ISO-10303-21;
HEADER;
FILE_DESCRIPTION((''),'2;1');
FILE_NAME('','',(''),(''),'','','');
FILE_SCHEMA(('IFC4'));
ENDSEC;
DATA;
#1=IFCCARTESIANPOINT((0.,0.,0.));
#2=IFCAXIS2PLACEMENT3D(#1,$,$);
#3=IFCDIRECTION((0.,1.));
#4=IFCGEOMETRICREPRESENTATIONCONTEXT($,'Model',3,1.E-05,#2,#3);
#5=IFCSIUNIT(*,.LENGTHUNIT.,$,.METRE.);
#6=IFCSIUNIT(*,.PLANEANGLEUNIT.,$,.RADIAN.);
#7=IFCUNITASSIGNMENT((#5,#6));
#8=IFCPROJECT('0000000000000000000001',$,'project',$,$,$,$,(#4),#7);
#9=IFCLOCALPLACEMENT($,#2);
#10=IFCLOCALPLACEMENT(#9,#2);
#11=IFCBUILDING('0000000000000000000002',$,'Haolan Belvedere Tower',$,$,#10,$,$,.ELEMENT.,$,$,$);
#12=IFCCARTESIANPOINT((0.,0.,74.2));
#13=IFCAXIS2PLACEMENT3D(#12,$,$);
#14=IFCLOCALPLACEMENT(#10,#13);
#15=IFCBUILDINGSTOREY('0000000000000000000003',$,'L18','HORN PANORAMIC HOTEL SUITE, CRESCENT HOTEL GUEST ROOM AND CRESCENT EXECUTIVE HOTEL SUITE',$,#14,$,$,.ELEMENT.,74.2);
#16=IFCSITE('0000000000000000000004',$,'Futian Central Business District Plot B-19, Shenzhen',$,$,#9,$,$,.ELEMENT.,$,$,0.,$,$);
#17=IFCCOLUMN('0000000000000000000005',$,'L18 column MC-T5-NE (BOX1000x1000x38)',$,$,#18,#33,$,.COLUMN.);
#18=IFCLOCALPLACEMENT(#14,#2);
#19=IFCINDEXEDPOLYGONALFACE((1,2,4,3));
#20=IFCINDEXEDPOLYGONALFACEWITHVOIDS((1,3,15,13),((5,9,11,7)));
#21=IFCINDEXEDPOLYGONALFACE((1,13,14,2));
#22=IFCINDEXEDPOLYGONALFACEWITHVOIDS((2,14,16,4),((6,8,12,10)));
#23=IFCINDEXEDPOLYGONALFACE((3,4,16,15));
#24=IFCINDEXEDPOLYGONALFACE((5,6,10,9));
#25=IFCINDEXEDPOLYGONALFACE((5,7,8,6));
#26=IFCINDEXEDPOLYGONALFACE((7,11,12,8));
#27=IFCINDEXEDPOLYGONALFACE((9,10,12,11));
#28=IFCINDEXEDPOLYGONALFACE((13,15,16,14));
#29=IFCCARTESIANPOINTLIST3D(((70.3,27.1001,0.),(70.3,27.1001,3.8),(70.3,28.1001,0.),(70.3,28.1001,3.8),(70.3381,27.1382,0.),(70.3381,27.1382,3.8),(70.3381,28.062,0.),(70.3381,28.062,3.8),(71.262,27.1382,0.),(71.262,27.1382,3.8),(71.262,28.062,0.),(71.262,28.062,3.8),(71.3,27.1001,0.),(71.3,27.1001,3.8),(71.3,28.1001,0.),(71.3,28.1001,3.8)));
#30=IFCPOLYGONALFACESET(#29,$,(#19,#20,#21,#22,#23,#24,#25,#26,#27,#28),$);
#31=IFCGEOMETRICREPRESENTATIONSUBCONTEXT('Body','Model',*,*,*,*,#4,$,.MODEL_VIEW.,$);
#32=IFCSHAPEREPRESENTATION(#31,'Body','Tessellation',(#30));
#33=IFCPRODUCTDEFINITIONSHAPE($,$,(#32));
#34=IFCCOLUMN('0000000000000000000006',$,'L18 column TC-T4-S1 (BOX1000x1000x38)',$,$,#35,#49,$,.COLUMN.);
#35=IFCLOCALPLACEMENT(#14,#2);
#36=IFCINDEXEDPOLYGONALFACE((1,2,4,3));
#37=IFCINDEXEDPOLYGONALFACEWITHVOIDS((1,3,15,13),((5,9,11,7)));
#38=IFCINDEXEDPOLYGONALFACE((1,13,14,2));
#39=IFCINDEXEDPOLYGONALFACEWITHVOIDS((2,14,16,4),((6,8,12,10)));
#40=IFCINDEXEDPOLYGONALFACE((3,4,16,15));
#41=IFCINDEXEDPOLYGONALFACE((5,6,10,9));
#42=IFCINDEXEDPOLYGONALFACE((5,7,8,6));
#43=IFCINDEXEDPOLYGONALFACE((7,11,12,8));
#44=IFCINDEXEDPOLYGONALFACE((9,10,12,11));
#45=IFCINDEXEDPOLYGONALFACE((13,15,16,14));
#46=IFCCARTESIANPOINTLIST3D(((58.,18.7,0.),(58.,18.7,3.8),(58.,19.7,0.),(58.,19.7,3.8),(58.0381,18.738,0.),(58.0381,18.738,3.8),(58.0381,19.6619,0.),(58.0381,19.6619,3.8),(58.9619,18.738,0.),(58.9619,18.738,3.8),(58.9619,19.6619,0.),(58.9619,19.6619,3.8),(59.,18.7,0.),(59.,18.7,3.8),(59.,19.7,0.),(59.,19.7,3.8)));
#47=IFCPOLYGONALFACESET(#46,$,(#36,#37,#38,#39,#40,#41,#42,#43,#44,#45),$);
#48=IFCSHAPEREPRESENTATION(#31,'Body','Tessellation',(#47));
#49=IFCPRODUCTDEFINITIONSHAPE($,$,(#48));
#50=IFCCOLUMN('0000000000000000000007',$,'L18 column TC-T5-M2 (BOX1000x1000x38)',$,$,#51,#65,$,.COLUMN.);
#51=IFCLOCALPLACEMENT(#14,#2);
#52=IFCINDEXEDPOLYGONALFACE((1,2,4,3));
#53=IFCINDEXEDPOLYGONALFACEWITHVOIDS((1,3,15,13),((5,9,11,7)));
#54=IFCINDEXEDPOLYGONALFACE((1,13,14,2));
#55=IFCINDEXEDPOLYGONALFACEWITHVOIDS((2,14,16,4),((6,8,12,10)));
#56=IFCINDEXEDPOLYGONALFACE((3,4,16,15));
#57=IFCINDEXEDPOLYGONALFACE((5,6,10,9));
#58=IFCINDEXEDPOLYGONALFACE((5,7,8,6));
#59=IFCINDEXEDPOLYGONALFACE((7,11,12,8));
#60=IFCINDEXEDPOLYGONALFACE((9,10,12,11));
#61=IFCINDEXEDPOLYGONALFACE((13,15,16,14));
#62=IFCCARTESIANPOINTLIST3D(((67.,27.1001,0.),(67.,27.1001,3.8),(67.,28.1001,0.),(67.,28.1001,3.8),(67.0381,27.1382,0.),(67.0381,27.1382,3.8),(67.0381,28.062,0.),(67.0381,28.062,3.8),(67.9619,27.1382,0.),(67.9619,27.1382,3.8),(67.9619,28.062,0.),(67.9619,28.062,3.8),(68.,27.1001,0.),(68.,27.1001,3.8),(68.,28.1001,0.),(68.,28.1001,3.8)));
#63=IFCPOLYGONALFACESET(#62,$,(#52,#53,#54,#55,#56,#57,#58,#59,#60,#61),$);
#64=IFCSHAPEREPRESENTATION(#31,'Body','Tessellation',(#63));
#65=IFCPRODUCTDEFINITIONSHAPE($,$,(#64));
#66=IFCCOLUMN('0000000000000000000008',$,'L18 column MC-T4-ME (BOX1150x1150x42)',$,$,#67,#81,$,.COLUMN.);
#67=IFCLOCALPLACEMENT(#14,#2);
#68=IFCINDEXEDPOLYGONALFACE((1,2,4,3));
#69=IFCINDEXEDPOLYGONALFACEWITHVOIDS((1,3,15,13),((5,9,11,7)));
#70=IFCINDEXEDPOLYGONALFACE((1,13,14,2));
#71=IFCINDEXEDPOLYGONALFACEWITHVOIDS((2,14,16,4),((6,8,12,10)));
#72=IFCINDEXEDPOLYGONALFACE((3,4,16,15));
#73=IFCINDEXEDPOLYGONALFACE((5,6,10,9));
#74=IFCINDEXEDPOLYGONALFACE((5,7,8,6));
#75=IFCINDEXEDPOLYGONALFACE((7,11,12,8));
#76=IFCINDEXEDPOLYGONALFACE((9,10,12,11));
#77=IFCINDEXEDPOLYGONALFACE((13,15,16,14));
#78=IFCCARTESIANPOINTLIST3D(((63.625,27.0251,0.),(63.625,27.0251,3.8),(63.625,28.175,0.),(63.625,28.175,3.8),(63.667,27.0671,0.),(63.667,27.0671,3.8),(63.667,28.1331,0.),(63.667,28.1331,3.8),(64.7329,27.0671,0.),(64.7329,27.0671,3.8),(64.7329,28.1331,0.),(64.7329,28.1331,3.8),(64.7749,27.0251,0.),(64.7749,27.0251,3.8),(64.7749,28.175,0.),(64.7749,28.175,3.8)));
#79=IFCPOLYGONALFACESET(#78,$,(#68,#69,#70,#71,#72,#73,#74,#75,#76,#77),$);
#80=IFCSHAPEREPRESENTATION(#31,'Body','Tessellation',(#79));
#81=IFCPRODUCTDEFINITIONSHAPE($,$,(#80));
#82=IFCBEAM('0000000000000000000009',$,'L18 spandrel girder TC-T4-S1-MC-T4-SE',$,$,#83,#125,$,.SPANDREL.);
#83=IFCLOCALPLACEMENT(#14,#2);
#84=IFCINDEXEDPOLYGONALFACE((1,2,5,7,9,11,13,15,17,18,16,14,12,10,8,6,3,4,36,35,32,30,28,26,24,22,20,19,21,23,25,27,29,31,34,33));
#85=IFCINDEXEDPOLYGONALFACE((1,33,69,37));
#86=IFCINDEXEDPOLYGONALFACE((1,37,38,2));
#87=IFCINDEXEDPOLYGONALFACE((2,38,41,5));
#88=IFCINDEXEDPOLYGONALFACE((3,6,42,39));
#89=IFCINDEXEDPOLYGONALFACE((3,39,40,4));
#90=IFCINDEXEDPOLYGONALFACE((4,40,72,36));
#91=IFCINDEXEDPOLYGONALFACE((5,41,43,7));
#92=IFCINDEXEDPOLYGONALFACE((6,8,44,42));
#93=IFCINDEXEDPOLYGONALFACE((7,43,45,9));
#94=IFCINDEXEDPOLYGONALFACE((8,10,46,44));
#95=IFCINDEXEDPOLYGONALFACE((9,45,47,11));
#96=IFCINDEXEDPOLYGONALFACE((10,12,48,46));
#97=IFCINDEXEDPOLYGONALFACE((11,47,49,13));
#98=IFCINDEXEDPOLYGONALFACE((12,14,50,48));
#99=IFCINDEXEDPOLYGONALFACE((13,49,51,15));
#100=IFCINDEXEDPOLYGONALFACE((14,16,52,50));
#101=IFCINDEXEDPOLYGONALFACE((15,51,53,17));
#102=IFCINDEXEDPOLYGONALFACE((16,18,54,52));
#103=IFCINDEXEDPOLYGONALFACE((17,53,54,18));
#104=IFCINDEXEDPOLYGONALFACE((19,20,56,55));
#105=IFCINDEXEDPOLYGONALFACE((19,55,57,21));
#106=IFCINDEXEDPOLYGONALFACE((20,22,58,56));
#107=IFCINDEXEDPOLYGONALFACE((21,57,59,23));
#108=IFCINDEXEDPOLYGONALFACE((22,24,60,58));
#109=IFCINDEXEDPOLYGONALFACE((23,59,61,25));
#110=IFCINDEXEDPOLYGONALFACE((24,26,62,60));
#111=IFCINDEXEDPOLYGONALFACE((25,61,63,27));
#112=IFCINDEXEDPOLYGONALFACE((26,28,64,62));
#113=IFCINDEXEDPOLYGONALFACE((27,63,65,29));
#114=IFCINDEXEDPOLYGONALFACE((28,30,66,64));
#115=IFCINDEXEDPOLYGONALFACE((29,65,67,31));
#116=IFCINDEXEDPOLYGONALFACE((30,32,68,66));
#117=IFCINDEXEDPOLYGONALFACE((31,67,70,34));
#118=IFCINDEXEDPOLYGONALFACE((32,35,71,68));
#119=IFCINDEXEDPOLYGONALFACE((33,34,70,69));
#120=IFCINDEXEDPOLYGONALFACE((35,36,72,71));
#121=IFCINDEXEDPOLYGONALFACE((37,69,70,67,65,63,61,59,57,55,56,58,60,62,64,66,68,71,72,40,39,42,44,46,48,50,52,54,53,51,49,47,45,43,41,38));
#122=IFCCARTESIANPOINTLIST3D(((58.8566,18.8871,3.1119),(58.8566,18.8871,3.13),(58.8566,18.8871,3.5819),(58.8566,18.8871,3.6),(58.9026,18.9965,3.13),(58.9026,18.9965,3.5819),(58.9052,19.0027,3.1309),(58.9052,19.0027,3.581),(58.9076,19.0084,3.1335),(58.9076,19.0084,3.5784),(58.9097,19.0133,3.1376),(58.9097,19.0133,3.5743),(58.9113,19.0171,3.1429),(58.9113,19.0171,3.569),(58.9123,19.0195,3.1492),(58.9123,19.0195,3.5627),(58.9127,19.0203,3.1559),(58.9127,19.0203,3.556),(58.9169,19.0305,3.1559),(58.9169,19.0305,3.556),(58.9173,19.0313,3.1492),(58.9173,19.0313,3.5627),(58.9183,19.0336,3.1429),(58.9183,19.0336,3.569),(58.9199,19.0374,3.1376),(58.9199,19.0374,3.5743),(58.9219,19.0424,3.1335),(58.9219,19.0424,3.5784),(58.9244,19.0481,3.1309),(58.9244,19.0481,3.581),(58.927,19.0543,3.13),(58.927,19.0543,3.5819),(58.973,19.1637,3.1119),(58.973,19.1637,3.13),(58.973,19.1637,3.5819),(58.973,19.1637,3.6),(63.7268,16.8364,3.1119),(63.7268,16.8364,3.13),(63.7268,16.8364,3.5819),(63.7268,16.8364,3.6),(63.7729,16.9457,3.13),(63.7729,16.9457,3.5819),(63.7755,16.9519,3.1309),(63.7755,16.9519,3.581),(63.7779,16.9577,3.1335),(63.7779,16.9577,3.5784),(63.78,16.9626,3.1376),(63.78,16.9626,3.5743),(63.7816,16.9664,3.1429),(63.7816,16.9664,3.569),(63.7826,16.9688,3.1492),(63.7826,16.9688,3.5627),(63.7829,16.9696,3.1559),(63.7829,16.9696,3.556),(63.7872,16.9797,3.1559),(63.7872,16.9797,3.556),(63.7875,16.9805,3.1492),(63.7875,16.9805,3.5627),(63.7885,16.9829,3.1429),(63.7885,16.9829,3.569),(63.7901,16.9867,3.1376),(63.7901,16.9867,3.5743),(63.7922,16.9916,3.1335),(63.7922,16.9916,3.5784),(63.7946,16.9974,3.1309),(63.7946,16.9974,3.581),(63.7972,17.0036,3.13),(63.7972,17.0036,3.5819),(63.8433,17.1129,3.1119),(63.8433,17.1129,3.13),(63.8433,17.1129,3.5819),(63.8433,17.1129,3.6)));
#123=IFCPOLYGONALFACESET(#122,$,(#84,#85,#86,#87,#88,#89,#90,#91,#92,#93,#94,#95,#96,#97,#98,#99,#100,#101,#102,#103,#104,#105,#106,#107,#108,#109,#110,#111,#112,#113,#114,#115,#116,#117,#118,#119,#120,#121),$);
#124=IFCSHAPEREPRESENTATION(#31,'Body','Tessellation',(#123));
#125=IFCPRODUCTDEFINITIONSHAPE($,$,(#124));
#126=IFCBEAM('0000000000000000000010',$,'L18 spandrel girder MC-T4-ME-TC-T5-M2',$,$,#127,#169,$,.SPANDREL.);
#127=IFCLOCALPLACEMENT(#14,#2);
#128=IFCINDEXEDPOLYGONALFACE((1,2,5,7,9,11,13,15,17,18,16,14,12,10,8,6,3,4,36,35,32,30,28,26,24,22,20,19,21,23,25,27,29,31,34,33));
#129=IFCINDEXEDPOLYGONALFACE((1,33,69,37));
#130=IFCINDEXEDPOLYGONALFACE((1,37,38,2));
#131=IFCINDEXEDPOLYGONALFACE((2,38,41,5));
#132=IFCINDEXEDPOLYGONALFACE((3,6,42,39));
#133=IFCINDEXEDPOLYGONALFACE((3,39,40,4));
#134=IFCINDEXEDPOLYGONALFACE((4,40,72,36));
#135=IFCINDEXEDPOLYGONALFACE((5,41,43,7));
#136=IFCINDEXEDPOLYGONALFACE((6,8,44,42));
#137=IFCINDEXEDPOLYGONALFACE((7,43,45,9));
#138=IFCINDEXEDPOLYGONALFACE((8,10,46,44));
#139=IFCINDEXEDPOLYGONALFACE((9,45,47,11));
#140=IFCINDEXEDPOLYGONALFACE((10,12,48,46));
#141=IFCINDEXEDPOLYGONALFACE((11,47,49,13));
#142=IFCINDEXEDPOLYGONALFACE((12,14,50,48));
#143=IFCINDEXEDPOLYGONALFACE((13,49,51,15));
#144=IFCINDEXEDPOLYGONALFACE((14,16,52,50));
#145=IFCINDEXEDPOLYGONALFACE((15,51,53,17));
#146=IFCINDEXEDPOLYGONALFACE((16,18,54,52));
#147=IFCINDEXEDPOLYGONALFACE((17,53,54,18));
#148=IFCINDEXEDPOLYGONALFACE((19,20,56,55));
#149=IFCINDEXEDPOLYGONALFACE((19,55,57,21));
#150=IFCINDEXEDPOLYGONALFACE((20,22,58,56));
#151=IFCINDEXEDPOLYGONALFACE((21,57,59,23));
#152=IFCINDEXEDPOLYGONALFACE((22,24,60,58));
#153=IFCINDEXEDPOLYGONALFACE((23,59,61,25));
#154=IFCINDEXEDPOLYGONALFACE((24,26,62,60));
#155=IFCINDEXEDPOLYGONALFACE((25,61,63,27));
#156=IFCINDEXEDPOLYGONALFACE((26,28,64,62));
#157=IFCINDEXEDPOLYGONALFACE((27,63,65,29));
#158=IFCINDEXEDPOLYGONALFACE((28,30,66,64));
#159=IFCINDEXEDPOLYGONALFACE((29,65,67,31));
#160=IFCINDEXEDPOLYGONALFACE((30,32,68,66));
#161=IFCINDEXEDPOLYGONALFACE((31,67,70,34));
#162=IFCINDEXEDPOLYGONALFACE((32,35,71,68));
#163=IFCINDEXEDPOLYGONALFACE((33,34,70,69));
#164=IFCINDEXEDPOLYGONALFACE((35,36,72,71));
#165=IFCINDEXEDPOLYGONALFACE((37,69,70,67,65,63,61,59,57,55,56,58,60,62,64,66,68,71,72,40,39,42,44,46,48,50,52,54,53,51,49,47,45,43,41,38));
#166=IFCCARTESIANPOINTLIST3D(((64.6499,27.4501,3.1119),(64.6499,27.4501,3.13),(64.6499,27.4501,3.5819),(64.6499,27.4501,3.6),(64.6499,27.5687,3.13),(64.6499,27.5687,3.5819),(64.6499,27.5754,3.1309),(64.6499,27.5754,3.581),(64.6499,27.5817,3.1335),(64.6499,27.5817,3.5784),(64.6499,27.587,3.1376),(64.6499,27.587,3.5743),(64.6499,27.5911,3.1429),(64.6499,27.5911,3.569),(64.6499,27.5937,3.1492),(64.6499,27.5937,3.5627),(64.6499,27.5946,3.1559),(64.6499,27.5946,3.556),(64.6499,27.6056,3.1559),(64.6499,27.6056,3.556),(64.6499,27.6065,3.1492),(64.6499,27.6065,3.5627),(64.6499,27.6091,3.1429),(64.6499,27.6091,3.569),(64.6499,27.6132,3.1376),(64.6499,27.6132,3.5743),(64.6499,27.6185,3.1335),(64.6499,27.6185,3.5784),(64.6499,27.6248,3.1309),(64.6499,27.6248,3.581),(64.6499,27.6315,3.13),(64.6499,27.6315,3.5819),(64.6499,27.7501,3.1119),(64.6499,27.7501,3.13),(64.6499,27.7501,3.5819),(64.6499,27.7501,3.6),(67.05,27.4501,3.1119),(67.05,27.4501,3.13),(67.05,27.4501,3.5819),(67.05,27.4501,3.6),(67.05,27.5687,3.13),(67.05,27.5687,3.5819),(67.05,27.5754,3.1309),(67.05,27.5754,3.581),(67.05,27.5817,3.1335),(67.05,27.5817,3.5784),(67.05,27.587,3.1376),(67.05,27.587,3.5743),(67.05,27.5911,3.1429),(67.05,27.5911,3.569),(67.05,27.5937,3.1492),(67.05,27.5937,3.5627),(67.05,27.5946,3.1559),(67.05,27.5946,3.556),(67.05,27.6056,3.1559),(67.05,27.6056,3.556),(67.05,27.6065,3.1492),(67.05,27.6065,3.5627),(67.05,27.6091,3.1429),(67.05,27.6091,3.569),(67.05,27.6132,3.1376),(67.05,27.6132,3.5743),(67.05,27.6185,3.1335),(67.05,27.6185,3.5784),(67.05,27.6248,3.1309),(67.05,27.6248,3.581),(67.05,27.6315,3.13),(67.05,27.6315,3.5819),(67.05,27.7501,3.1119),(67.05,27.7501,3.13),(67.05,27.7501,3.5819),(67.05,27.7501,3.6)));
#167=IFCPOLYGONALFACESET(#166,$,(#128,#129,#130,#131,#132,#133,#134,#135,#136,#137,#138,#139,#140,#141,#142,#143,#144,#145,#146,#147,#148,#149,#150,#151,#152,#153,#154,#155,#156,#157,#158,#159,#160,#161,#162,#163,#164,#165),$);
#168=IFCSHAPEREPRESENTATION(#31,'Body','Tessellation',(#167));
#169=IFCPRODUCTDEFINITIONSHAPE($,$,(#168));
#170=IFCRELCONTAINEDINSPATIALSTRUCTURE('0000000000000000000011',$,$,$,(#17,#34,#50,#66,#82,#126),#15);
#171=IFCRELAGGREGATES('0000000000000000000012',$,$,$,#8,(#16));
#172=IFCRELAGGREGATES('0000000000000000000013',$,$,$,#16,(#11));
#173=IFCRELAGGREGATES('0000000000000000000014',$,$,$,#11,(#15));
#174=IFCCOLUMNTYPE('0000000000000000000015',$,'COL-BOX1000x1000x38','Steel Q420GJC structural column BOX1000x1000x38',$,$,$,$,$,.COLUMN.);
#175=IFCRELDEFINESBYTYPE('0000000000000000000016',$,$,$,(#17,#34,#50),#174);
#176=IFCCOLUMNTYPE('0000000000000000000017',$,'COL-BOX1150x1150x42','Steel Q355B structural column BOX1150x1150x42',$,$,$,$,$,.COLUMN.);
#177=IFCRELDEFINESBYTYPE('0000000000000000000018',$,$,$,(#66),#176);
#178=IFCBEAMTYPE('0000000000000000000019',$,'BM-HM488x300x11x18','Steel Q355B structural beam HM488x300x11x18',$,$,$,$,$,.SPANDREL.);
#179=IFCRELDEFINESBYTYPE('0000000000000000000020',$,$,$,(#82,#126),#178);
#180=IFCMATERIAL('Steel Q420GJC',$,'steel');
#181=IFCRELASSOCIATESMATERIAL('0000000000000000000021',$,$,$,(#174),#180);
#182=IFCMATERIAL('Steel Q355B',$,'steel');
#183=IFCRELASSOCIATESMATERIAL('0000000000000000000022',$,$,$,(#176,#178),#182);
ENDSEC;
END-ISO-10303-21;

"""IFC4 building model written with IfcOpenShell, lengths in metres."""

from ifc_helpers import new_model, si_unit, direction, frame, origin, origin_2d, place, context, subcontext, project, spatial, hollow_rectangle, i_section, extrude, material, material_profile, profile_set, type_object, element, save


model = new_model("IFC4")

# Units and contexts
model_context = context("Model", 3, precision=1e-05, world=origin(), true_north=direction((0.0, 1.0)))
body_context = subcontext(model_context, "Body", "Model", "MODEL_VIEW")
ifc_project = project(units=[si_unit("LENGTHUNIT", "METRE"), si_unit("PLANEANGLEUNIT", "RADIAN")], contexts=[model_context])

# Site, building, storey
site_placement = place(None, origin())
site = spatial("IfcSite", under=ifc_project, at=site_placement, Name="Futian Central Business District Plot B-19, Shenzhen", CompositionType="ELEMENT", RefElevation=0.0)
building_placement = place(site_placement, origin())
building = spatial("IfcBuilding", under=site, at=building_placement, Name="Haolan Belvedere Tower", CompositionType="ELEMENT")
storey_placement = place(building_placement, frame((0.0, 0.0, 74.2)))
storey = spatial("IfcBuildingStorey", under=building, at=storey_placement, Name="L18", Description="HORN PANORAMIC HOTEL SUITE, CRESCENT HOTEL GUEST ROOM AND CRESCENT EXECUTIVE HOTEL SUITE", CompositionType="ELEMENT", Elevation=74.2)

# Columns
ifc_material_1 = material(Name="Steel Q420GJC", Category="steel")
ifc_material_profile_1 = material_profile(ifc_material_1, hollow_rectangle(XDim=1.0, YDim=1.0, WallThickness=0.0381, at=origin_2d()), Name="Steel Q420GJC")
ifc_profile_set_1 = profile_set([ifc_material_profile_1], Name="Steel Q420GJC")
column_type_1 = type_object("IfcColumnType", Name="COL-BOX1000x1000x38", Description="Steel Q420GJC structural column BOX1000x1000x38", PredefinedType="COLUMN", material=ifc_profile_set_1)
for number, where, z_axis, x_axis, name in (
    (1, (70.8, 27.6001, 0.0), (0.0, 0.0, 1.0), (1.0, 0.0, 0.0), "L18 column MC-T5-NE (BOX1000x1000x38)"),
    (2, (58.5, 19.2, 0.0), (0.0, 0.0, 1.0), (1.0, 0.0, 0.0), "L18 column TC-T4-S1 (BOX1000x1000x38)"),
    (3, (67.5, 27.6001, 0.0), (0.0, 0.0, 1.0), (1.0, 0.0, 0.0), "L18 column TC-T5-M2 (BOX1000x1000x38)"),
):
    element("IfcColumn", number, at=place(storey_placement, frame(where, z_axis=z_axis, x_axis=x_axis)), inside=storey, type_object=column_type_1, Name=name, PredefinedType="COLUMN", context=body_context, shape_type="SweptSolid", body=[
        extrude(hollow_rectangle(XDim=1.0, YDim=1.0, WallThickness=0.0381, at=origin_2d()), origin(), (0.0, 0.0, 1.0), 3.8),
    ])
ifc_material_2 = material(Name="Steel Q355B", Category="steel")
ifc_material_profile_2 = material_profile(ifc_material_2, hollow_rectangle(XDim=1.1499, YDim=1.1499, WallThickness=0.042, at=origin_2d()), Name="Steel Q355B")
ifc_profile_set_2 = profile_set([ifc_material_profile_2], Name="Steel Q355B")
column_type_2 = type_object("IfcColumnType", Name="COL-BOX1150x1150x42", Description="Steel Q355B structural column BOX1150x1150x42", PredefinedType="COLUMN", material=ifc_profile_set_2)
column_placement = place(storey_placement, frame((64.2, 27.6001, 0.0), z_axis=(0.0, 0.0, 1.0), x_axis=(1.0, 0.0, 0.0)))
element("IfcColumn", 4, at=column_placement, inside=storey, type_object=column_type_2, Name="L18 column MC-T4-ME (BOX1150x1150x42)", PredefinedType="COLUMN", context=body_context, shape_type="SweptSolid", body=[
    extrude(hollow_rectangle(XDim=1.1499, YDim=1.1499, WallThickness=0.042, at=origin_2d()), origin(), (0.0, 0.0, 1.0), 3.8),
])

# Beams
ifc_material_profile_3 = material_profile(ifc_material_2, i_section(OverallWidth=0.3, OverallDepth=0.488, WebThickness=0.011, FlangeThickness=0.0181, FilletRadius=0.0259, at=origin_2d()), Name="Steel Q355B")
ifc_profile_set_3 = profile_set([ifc_material_profile_3], Name="Steel Q355B")
beam_type = type_object("IfcBeamType", Name="BM-HM488x300x11x18", Description="Steel Q355B structural beam HM488x300x11x18", PredefinedType="SPANDREL", material=ifc_profile_set_3)
beam_placement = place(storey_placement, frame((58.9148, 19.0254, 3.356), z_axis=(0.921628, -0.388074, 0.0), x_axis=(0.388074, 0.921628, 0.0)))
element("IfcBeam", 5, at=beam_placement, inside=storey, type_object=beam_type, Name="L18 spandrel girder TC-T4-S1-MC-T4-SE", PredefinedType="SPANDREL", context=body_context, shape_type="SweptSolid", body=[
    extrude(i_section(OverallWidth=0.3, OverallDepth=0.488, WebThickness=0.011, FlangeThickness=0.0181, FilletRadius=0.0259, at=origin_2d()), origin(), (0.0, 0.0, 1.0), 5.2844),
])
for number, where, z_axis, x_axis, name in (
    (6, (64.6499, 27.6001, 3.356), (1.0, 0.0, 0.0), (0.0, 1.0, 0.0), "L18 spandrel girder MC-T4-ME-TC-T5-M2"),
):
    element("IfcBeam", number, at=place(storey_placement, frame(where, z_axis=z_axis, x_axis=x_axis)), inside=storey, type_object=beam_type, Name=name, PredefinedType="SPANDREL", context=body_context, shape_type="SweptSolid", body=[
        extrude(i_section(OverallWidth=0.3, OverallDepth=0.488, WebThickness=0.011, FlangeThickness=0.0181, FilletRadius=0.0259, at=origin_2d()), origin(), (0.0, 0.0, 1.0), 2.4001),
    ])

save(model, "model.ifc")
